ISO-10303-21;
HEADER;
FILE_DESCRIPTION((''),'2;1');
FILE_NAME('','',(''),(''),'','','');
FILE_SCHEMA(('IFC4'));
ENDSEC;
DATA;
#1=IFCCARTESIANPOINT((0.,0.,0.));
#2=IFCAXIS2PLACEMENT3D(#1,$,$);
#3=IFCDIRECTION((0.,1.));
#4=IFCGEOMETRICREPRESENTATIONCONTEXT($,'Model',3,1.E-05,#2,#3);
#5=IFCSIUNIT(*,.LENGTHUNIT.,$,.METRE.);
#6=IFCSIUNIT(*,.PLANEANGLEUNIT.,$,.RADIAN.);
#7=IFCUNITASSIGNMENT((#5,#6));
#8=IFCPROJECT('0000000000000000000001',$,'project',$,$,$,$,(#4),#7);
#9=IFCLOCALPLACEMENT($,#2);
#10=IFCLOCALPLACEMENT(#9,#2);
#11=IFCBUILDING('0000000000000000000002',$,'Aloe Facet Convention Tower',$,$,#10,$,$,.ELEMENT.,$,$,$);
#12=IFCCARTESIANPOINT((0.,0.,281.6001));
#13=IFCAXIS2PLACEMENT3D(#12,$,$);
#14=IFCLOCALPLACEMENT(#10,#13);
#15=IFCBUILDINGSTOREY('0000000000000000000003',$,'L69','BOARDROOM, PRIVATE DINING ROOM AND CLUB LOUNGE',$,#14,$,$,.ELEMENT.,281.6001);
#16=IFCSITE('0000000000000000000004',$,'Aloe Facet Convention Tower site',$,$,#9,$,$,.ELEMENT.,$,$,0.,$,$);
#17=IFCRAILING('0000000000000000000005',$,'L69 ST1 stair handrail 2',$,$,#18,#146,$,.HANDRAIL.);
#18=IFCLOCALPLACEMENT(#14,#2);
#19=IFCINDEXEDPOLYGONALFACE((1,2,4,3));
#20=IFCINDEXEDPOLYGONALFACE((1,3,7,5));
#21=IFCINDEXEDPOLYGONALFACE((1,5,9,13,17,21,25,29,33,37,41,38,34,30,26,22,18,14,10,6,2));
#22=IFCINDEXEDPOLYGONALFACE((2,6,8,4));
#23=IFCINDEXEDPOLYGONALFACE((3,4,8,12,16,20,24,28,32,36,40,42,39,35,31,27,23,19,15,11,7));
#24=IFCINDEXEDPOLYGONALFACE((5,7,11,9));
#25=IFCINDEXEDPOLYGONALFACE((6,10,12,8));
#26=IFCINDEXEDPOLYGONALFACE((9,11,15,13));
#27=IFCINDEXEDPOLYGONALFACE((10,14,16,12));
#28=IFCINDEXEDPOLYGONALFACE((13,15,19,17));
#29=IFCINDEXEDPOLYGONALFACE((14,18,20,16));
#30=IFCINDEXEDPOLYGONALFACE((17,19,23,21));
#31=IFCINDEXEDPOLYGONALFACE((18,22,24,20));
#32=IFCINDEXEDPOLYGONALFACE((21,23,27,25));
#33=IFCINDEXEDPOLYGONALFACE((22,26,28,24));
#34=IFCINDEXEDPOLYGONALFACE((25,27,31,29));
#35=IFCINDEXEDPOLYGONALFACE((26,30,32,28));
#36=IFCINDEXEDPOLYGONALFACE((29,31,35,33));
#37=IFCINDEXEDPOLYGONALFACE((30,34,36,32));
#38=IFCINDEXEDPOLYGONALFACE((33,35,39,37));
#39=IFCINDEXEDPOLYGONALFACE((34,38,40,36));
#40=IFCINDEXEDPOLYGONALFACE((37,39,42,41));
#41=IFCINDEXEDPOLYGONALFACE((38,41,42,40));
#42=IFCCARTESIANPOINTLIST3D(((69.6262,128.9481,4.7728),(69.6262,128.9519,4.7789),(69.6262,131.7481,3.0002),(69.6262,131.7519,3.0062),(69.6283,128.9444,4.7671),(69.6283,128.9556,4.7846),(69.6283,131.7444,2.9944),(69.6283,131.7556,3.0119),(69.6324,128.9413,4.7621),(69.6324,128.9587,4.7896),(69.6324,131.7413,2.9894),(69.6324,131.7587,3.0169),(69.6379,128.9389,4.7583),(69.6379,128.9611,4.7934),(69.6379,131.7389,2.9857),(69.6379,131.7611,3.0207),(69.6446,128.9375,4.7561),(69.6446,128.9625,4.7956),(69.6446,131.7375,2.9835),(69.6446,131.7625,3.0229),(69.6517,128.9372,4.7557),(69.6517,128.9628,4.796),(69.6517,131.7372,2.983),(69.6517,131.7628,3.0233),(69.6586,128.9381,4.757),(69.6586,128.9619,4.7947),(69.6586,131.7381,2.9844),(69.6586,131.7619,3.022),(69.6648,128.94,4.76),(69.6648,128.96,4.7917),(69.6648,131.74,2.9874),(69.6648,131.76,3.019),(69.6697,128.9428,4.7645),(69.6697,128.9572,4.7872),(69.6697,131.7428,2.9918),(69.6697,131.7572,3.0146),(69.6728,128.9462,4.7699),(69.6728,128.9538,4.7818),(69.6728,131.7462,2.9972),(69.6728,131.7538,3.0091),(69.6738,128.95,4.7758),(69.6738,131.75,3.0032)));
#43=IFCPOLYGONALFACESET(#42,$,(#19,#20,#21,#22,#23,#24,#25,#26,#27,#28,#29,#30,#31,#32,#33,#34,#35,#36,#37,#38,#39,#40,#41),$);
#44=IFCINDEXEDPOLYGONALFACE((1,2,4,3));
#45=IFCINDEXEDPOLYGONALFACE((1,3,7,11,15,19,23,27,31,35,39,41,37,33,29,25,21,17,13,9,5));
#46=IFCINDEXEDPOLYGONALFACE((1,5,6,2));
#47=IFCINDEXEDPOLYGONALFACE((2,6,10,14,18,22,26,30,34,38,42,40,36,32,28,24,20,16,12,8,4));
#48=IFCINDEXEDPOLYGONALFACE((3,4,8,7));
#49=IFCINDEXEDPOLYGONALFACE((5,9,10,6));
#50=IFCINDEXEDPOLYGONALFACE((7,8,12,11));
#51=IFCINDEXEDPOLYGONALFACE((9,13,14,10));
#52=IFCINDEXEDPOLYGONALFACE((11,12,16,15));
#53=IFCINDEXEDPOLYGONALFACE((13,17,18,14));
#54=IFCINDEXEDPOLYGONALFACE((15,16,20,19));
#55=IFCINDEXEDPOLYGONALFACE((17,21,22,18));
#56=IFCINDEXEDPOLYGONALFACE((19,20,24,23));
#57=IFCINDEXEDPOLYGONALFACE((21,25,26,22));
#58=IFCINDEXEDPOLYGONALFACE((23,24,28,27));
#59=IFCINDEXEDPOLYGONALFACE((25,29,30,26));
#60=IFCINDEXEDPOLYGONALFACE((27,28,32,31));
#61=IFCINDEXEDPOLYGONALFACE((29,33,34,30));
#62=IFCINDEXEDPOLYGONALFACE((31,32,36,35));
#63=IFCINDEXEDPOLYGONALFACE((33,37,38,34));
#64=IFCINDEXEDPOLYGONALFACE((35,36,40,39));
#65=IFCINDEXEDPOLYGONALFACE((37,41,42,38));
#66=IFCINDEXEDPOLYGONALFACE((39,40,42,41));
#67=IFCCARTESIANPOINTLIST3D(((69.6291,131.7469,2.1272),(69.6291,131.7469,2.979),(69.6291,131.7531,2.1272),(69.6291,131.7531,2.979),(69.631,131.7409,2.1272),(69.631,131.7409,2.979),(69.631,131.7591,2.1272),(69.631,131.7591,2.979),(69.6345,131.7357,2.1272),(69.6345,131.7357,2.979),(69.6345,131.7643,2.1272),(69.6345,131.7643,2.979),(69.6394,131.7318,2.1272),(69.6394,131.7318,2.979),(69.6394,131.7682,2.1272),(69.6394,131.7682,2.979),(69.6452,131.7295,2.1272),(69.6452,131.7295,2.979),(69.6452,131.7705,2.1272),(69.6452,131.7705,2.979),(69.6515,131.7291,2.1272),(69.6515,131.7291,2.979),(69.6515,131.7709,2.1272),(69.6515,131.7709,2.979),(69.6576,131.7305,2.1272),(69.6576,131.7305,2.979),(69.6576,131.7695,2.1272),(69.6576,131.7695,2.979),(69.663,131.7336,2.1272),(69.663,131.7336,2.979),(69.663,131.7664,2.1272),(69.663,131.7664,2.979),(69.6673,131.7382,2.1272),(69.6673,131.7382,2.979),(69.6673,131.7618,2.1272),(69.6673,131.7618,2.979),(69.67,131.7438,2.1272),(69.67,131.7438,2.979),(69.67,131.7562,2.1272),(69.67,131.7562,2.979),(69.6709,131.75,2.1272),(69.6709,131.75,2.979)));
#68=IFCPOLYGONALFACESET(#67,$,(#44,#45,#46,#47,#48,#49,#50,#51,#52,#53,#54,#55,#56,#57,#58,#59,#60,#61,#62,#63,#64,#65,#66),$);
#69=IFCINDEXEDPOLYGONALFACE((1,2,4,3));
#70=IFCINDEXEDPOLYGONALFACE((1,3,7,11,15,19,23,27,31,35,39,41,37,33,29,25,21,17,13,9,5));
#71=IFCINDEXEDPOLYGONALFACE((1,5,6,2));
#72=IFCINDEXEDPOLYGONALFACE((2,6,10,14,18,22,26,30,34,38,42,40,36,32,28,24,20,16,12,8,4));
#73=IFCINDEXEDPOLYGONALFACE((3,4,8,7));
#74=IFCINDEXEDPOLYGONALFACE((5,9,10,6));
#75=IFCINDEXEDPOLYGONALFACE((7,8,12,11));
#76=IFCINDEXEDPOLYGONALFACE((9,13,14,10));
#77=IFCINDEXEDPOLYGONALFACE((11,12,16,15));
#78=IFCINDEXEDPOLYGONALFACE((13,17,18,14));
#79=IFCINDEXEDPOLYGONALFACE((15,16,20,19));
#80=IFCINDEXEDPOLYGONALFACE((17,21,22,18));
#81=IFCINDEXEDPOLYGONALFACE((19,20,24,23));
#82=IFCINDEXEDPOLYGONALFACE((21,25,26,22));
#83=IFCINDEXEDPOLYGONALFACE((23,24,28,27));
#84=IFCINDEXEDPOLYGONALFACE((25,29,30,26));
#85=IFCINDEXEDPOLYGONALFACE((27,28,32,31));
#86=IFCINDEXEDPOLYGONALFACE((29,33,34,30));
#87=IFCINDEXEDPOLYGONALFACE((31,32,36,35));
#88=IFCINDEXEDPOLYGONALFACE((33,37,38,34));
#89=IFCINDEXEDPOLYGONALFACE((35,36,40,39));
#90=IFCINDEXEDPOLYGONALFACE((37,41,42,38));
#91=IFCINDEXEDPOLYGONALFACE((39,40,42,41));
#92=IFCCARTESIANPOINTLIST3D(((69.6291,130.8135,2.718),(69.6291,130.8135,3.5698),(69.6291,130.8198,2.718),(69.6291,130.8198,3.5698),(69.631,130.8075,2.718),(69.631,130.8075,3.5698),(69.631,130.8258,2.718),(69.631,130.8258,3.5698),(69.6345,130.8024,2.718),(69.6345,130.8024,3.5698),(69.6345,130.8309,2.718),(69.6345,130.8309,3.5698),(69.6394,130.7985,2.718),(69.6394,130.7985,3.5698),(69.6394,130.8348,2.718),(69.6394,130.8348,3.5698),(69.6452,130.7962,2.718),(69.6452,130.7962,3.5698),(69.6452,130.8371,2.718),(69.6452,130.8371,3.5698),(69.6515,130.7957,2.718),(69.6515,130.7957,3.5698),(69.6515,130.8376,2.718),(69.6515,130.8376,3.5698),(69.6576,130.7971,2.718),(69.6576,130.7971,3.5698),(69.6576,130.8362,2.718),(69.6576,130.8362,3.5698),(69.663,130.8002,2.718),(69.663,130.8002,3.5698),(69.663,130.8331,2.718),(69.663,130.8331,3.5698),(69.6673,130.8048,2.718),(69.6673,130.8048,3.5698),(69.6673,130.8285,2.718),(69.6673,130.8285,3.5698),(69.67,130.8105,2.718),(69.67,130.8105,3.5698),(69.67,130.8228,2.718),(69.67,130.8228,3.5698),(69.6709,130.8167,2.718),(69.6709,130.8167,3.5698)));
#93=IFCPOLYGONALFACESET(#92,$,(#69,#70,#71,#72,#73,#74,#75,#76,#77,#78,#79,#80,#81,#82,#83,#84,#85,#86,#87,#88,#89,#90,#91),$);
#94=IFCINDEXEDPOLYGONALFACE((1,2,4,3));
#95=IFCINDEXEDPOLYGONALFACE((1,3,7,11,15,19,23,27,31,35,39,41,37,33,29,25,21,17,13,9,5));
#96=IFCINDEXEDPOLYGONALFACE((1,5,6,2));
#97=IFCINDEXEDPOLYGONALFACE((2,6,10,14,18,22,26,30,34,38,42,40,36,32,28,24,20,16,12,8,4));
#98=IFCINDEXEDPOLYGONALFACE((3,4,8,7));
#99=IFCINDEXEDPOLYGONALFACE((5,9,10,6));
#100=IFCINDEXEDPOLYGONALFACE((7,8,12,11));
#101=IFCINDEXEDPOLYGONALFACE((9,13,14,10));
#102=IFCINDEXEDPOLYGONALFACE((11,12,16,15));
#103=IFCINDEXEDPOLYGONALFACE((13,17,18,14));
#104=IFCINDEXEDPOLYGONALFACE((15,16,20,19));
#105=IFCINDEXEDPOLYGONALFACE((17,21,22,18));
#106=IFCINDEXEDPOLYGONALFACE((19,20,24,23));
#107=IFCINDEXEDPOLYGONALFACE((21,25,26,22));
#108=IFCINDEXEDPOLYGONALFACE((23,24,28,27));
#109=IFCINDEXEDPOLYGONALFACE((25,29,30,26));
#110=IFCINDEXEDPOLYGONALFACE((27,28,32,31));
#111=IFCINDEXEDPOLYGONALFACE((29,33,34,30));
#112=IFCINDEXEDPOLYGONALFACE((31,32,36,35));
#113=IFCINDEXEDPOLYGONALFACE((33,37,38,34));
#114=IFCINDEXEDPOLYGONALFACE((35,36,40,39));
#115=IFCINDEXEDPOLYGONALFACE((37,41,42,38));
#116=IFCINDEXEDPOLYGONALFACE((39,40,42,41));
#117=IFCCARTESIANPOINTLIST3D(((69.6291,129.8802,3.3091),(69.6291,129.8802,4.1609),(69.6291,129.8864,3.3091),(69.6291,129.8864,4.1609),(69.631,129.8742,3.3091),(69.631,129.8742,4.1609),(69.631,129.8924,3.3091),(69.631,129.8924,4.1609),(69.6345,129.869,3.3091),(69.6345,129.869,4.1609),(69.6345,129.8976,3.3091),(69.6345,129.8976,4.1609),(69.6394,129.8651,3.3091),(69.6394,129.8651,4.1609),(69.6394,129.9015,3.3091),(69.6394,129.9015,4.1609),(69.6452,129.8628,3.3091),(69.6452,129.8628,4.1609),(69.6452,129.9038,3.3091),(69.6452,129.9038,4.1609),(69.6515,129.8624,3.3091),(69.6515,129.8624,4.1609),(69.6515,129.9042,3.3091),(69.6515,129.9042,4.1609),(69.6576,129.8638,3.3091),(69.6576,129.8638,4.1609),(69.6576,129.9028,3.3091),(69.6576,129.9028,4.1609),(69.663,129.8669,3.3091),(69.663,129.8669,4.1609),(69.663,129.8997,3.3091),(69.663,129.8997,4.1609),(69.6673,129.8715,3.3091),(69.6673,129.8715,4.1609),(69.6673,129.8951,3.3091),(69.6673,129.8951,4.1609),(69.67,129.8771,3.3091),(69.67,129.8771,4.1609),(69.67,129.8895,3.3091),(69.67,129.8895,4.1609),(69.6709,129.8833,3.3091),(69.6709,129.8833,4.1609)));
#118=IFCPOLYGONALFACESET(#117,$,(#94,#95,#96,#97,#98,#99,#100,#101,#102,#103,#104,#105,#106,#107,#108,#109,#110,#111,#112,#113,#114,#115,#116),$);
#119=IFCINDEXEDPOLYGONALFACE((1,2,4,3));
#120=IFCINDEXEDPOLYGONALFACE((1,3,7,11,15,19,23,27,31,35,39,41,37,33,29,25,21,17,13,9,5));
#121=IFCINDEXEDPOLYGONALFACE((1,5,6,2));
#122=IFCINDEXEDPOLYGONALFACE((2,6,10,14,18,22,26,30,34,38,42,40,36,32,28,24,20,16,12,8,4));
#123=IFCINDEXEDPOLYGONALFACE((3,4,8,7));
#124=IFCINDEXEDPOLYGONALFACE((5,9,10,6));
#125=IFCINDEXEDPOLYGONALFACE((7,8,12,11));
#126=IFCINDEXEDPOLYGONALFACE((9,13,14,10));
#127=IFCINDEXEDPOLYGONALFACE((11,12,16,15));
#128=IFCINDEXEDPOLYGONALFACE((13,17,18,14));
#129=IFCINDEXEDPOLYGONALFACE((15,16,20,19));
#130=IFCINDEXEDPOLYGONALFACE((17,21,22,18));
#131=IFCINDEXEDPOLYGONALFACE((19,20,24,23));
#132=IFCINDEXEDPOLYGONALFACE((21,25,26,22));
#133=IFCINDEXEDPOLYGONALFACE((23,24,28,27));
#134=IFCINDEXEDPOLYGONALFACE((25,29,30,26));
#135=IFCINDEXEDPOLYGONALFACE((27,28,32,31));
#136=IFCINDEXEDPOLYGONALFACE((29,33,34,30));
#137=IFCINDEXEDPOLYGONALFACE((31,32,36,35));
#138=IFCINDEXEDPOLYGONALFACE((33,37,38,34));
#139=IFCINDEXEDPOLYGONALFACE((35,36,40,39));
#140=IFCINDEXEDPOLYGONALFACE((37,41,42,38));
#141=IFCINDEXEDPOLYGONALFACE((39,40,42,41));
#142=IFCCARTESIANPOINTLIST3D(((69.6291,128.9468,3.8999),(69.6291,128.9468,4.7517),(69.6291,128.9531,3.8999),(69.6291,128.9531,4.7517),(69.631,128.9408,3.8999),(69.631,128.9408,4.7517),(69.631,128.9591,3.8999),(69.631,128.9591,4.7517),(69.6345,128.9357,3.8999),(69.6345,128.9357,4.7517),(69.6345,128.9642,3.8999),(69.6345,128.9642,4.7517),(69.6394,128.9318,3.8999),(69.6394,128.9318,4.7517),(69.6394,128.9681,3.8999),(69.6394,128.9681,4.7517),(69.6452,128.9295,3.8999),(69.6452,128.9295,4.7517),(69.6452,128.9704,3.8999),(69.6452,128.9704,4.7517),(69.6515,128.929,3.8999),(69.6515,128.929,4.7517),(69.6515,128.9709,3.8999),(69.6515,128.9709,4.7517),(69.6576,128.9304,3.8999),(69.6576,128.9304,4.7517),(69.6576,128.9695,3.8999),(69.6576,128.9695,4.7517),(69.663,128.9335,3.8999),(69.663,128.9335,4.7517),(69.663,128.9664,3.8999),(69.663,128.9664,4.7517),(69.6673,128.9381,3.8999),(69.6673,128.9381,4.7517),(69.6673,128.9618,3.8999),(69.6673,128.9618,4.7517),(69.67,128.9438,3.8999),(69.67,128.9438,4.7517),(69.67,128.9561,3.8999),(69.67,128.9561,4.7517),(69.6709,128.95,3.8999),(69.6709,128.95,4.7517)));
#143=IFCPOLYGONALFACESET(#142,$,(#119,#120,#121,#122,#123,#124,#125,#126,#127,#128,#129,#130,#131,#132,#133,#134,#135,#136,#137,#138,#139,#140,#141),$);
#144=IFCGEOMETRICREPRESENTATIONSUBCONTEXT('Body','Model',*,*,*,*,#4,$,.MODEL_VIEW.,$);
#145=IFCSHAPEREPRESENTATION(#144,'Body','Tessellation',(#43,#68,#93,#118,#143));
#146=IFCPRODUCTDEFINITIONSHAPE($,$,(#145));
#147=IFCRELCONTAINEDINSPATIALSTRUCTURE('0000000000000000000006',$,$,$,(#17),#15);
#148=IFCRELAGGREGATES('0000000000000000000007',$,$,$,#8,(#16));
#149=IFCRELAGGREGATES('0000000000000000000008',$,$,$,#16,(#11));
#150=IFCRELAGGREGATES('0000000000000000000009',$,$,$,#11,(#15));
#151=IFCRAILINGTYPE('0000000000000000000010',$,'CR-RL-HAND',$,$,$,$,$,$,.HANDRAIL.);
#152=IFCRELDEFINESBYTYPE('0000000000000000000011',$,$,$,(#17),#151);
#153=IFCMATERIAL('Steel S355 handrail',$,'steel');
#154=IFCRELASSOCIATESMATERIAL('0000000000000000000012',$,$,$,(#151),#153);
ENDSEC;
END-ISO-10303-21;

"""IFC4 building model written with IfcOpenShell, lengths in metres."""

from ifc_helpers import new_model, si_unit, direction, frame, origin, origin_2d, place, context, subcontext, project, spatial, circle, extrude, material, type_object, element, save


model = new_model("IFC4")

# Units and contexts
model_context = context("Model", 3, precision=1e-05, world=origin(), true_north=direction((0.0, 1.0)))
body_context = subcontext(model_context, "Body", "Model", "MODEL_VIEW")
ifc_project = project(units=[si_unit("LENGTHUNIT", "METRE"), si_unit("PLANEANGLEUNIT", "RADIAN")], contexts=[model_context])

# Site, building, storey
site_placement = place(None, origin())
site = spatial("IfcSite", under=ifc_project, at=site_placement, Name="Aloe Facet Convention Tower site", CompositionType="ELEMENT", RefElevation=0.0)
building_placement = place(site_placement, origin())
building = spatial("IfcBuilding", under=site, at=building_placement, Name="Aloe Facet Convention Tower", CompositionType="ELEMENT")
storey_placement = place(building_placement, frame((0.0, 0.0, 281.6001)))
storey = spatial("IfcBuildingStorey", under=building, at=storey_placement, Name="L69", Description="BOARDROOM, PRIVATE DINING ROOM AND CLUB LOUNGE", CompositionType="ELEMENT", Elevation=281.6001)

# Railing
ifc_material_1 = material(Name="Steel S355 handrail", Category="steel")
railing_type_1 = type_object("IfcRailingType", Name="CR-RL-HAND", PredefinedType="HANDRAIL", material=ifc_material_1)
railing_1_placement = place(storey_placement, frame((69.6499, 131.75, 2.1272)))
element("IfcRailing", 1, at=railing_1_placement, inside=storey, type_object=railing_type_1, Name="L69 ST1 stair handrail 2", PredefinedType="HANDRAIL", context=body_context, shape_type="SweptSolid", body=[
    extrude(circle(Radius=0.0239, at=origin_2d()), frame((0.0, 0.0, 0.876), z_axis=(0.0, -0.844909, 0.53491), x_axis=(1.0, 0.0, 0.0)), (0.0, 0.0, 1.0), 3.314),
    extrude(circle(Radius=0.021, at=origin_2d()), origin(), (0.0, 0.0, 1.0), 0.8518),
    extrude(circle(Radius=0.021, at=origin_2d()), frame((0.0, -0.9333, 0.5908)), (0.0, 0.0, 1.0), 0.8518),
    extrude(circle(Radius=0.021, at=origin_2d()), frame((0.0, -1.8667, 1.1819)), (0.0, 0.0, 1.0), 0.8518),
    extrude(circle(Radius=0.021, at=origin_2d()), frame((0.0, -2.8, 1.7727)), (0.0, 0.0, 1.0), 0.8518),
])

save(model, "model.ifc")
